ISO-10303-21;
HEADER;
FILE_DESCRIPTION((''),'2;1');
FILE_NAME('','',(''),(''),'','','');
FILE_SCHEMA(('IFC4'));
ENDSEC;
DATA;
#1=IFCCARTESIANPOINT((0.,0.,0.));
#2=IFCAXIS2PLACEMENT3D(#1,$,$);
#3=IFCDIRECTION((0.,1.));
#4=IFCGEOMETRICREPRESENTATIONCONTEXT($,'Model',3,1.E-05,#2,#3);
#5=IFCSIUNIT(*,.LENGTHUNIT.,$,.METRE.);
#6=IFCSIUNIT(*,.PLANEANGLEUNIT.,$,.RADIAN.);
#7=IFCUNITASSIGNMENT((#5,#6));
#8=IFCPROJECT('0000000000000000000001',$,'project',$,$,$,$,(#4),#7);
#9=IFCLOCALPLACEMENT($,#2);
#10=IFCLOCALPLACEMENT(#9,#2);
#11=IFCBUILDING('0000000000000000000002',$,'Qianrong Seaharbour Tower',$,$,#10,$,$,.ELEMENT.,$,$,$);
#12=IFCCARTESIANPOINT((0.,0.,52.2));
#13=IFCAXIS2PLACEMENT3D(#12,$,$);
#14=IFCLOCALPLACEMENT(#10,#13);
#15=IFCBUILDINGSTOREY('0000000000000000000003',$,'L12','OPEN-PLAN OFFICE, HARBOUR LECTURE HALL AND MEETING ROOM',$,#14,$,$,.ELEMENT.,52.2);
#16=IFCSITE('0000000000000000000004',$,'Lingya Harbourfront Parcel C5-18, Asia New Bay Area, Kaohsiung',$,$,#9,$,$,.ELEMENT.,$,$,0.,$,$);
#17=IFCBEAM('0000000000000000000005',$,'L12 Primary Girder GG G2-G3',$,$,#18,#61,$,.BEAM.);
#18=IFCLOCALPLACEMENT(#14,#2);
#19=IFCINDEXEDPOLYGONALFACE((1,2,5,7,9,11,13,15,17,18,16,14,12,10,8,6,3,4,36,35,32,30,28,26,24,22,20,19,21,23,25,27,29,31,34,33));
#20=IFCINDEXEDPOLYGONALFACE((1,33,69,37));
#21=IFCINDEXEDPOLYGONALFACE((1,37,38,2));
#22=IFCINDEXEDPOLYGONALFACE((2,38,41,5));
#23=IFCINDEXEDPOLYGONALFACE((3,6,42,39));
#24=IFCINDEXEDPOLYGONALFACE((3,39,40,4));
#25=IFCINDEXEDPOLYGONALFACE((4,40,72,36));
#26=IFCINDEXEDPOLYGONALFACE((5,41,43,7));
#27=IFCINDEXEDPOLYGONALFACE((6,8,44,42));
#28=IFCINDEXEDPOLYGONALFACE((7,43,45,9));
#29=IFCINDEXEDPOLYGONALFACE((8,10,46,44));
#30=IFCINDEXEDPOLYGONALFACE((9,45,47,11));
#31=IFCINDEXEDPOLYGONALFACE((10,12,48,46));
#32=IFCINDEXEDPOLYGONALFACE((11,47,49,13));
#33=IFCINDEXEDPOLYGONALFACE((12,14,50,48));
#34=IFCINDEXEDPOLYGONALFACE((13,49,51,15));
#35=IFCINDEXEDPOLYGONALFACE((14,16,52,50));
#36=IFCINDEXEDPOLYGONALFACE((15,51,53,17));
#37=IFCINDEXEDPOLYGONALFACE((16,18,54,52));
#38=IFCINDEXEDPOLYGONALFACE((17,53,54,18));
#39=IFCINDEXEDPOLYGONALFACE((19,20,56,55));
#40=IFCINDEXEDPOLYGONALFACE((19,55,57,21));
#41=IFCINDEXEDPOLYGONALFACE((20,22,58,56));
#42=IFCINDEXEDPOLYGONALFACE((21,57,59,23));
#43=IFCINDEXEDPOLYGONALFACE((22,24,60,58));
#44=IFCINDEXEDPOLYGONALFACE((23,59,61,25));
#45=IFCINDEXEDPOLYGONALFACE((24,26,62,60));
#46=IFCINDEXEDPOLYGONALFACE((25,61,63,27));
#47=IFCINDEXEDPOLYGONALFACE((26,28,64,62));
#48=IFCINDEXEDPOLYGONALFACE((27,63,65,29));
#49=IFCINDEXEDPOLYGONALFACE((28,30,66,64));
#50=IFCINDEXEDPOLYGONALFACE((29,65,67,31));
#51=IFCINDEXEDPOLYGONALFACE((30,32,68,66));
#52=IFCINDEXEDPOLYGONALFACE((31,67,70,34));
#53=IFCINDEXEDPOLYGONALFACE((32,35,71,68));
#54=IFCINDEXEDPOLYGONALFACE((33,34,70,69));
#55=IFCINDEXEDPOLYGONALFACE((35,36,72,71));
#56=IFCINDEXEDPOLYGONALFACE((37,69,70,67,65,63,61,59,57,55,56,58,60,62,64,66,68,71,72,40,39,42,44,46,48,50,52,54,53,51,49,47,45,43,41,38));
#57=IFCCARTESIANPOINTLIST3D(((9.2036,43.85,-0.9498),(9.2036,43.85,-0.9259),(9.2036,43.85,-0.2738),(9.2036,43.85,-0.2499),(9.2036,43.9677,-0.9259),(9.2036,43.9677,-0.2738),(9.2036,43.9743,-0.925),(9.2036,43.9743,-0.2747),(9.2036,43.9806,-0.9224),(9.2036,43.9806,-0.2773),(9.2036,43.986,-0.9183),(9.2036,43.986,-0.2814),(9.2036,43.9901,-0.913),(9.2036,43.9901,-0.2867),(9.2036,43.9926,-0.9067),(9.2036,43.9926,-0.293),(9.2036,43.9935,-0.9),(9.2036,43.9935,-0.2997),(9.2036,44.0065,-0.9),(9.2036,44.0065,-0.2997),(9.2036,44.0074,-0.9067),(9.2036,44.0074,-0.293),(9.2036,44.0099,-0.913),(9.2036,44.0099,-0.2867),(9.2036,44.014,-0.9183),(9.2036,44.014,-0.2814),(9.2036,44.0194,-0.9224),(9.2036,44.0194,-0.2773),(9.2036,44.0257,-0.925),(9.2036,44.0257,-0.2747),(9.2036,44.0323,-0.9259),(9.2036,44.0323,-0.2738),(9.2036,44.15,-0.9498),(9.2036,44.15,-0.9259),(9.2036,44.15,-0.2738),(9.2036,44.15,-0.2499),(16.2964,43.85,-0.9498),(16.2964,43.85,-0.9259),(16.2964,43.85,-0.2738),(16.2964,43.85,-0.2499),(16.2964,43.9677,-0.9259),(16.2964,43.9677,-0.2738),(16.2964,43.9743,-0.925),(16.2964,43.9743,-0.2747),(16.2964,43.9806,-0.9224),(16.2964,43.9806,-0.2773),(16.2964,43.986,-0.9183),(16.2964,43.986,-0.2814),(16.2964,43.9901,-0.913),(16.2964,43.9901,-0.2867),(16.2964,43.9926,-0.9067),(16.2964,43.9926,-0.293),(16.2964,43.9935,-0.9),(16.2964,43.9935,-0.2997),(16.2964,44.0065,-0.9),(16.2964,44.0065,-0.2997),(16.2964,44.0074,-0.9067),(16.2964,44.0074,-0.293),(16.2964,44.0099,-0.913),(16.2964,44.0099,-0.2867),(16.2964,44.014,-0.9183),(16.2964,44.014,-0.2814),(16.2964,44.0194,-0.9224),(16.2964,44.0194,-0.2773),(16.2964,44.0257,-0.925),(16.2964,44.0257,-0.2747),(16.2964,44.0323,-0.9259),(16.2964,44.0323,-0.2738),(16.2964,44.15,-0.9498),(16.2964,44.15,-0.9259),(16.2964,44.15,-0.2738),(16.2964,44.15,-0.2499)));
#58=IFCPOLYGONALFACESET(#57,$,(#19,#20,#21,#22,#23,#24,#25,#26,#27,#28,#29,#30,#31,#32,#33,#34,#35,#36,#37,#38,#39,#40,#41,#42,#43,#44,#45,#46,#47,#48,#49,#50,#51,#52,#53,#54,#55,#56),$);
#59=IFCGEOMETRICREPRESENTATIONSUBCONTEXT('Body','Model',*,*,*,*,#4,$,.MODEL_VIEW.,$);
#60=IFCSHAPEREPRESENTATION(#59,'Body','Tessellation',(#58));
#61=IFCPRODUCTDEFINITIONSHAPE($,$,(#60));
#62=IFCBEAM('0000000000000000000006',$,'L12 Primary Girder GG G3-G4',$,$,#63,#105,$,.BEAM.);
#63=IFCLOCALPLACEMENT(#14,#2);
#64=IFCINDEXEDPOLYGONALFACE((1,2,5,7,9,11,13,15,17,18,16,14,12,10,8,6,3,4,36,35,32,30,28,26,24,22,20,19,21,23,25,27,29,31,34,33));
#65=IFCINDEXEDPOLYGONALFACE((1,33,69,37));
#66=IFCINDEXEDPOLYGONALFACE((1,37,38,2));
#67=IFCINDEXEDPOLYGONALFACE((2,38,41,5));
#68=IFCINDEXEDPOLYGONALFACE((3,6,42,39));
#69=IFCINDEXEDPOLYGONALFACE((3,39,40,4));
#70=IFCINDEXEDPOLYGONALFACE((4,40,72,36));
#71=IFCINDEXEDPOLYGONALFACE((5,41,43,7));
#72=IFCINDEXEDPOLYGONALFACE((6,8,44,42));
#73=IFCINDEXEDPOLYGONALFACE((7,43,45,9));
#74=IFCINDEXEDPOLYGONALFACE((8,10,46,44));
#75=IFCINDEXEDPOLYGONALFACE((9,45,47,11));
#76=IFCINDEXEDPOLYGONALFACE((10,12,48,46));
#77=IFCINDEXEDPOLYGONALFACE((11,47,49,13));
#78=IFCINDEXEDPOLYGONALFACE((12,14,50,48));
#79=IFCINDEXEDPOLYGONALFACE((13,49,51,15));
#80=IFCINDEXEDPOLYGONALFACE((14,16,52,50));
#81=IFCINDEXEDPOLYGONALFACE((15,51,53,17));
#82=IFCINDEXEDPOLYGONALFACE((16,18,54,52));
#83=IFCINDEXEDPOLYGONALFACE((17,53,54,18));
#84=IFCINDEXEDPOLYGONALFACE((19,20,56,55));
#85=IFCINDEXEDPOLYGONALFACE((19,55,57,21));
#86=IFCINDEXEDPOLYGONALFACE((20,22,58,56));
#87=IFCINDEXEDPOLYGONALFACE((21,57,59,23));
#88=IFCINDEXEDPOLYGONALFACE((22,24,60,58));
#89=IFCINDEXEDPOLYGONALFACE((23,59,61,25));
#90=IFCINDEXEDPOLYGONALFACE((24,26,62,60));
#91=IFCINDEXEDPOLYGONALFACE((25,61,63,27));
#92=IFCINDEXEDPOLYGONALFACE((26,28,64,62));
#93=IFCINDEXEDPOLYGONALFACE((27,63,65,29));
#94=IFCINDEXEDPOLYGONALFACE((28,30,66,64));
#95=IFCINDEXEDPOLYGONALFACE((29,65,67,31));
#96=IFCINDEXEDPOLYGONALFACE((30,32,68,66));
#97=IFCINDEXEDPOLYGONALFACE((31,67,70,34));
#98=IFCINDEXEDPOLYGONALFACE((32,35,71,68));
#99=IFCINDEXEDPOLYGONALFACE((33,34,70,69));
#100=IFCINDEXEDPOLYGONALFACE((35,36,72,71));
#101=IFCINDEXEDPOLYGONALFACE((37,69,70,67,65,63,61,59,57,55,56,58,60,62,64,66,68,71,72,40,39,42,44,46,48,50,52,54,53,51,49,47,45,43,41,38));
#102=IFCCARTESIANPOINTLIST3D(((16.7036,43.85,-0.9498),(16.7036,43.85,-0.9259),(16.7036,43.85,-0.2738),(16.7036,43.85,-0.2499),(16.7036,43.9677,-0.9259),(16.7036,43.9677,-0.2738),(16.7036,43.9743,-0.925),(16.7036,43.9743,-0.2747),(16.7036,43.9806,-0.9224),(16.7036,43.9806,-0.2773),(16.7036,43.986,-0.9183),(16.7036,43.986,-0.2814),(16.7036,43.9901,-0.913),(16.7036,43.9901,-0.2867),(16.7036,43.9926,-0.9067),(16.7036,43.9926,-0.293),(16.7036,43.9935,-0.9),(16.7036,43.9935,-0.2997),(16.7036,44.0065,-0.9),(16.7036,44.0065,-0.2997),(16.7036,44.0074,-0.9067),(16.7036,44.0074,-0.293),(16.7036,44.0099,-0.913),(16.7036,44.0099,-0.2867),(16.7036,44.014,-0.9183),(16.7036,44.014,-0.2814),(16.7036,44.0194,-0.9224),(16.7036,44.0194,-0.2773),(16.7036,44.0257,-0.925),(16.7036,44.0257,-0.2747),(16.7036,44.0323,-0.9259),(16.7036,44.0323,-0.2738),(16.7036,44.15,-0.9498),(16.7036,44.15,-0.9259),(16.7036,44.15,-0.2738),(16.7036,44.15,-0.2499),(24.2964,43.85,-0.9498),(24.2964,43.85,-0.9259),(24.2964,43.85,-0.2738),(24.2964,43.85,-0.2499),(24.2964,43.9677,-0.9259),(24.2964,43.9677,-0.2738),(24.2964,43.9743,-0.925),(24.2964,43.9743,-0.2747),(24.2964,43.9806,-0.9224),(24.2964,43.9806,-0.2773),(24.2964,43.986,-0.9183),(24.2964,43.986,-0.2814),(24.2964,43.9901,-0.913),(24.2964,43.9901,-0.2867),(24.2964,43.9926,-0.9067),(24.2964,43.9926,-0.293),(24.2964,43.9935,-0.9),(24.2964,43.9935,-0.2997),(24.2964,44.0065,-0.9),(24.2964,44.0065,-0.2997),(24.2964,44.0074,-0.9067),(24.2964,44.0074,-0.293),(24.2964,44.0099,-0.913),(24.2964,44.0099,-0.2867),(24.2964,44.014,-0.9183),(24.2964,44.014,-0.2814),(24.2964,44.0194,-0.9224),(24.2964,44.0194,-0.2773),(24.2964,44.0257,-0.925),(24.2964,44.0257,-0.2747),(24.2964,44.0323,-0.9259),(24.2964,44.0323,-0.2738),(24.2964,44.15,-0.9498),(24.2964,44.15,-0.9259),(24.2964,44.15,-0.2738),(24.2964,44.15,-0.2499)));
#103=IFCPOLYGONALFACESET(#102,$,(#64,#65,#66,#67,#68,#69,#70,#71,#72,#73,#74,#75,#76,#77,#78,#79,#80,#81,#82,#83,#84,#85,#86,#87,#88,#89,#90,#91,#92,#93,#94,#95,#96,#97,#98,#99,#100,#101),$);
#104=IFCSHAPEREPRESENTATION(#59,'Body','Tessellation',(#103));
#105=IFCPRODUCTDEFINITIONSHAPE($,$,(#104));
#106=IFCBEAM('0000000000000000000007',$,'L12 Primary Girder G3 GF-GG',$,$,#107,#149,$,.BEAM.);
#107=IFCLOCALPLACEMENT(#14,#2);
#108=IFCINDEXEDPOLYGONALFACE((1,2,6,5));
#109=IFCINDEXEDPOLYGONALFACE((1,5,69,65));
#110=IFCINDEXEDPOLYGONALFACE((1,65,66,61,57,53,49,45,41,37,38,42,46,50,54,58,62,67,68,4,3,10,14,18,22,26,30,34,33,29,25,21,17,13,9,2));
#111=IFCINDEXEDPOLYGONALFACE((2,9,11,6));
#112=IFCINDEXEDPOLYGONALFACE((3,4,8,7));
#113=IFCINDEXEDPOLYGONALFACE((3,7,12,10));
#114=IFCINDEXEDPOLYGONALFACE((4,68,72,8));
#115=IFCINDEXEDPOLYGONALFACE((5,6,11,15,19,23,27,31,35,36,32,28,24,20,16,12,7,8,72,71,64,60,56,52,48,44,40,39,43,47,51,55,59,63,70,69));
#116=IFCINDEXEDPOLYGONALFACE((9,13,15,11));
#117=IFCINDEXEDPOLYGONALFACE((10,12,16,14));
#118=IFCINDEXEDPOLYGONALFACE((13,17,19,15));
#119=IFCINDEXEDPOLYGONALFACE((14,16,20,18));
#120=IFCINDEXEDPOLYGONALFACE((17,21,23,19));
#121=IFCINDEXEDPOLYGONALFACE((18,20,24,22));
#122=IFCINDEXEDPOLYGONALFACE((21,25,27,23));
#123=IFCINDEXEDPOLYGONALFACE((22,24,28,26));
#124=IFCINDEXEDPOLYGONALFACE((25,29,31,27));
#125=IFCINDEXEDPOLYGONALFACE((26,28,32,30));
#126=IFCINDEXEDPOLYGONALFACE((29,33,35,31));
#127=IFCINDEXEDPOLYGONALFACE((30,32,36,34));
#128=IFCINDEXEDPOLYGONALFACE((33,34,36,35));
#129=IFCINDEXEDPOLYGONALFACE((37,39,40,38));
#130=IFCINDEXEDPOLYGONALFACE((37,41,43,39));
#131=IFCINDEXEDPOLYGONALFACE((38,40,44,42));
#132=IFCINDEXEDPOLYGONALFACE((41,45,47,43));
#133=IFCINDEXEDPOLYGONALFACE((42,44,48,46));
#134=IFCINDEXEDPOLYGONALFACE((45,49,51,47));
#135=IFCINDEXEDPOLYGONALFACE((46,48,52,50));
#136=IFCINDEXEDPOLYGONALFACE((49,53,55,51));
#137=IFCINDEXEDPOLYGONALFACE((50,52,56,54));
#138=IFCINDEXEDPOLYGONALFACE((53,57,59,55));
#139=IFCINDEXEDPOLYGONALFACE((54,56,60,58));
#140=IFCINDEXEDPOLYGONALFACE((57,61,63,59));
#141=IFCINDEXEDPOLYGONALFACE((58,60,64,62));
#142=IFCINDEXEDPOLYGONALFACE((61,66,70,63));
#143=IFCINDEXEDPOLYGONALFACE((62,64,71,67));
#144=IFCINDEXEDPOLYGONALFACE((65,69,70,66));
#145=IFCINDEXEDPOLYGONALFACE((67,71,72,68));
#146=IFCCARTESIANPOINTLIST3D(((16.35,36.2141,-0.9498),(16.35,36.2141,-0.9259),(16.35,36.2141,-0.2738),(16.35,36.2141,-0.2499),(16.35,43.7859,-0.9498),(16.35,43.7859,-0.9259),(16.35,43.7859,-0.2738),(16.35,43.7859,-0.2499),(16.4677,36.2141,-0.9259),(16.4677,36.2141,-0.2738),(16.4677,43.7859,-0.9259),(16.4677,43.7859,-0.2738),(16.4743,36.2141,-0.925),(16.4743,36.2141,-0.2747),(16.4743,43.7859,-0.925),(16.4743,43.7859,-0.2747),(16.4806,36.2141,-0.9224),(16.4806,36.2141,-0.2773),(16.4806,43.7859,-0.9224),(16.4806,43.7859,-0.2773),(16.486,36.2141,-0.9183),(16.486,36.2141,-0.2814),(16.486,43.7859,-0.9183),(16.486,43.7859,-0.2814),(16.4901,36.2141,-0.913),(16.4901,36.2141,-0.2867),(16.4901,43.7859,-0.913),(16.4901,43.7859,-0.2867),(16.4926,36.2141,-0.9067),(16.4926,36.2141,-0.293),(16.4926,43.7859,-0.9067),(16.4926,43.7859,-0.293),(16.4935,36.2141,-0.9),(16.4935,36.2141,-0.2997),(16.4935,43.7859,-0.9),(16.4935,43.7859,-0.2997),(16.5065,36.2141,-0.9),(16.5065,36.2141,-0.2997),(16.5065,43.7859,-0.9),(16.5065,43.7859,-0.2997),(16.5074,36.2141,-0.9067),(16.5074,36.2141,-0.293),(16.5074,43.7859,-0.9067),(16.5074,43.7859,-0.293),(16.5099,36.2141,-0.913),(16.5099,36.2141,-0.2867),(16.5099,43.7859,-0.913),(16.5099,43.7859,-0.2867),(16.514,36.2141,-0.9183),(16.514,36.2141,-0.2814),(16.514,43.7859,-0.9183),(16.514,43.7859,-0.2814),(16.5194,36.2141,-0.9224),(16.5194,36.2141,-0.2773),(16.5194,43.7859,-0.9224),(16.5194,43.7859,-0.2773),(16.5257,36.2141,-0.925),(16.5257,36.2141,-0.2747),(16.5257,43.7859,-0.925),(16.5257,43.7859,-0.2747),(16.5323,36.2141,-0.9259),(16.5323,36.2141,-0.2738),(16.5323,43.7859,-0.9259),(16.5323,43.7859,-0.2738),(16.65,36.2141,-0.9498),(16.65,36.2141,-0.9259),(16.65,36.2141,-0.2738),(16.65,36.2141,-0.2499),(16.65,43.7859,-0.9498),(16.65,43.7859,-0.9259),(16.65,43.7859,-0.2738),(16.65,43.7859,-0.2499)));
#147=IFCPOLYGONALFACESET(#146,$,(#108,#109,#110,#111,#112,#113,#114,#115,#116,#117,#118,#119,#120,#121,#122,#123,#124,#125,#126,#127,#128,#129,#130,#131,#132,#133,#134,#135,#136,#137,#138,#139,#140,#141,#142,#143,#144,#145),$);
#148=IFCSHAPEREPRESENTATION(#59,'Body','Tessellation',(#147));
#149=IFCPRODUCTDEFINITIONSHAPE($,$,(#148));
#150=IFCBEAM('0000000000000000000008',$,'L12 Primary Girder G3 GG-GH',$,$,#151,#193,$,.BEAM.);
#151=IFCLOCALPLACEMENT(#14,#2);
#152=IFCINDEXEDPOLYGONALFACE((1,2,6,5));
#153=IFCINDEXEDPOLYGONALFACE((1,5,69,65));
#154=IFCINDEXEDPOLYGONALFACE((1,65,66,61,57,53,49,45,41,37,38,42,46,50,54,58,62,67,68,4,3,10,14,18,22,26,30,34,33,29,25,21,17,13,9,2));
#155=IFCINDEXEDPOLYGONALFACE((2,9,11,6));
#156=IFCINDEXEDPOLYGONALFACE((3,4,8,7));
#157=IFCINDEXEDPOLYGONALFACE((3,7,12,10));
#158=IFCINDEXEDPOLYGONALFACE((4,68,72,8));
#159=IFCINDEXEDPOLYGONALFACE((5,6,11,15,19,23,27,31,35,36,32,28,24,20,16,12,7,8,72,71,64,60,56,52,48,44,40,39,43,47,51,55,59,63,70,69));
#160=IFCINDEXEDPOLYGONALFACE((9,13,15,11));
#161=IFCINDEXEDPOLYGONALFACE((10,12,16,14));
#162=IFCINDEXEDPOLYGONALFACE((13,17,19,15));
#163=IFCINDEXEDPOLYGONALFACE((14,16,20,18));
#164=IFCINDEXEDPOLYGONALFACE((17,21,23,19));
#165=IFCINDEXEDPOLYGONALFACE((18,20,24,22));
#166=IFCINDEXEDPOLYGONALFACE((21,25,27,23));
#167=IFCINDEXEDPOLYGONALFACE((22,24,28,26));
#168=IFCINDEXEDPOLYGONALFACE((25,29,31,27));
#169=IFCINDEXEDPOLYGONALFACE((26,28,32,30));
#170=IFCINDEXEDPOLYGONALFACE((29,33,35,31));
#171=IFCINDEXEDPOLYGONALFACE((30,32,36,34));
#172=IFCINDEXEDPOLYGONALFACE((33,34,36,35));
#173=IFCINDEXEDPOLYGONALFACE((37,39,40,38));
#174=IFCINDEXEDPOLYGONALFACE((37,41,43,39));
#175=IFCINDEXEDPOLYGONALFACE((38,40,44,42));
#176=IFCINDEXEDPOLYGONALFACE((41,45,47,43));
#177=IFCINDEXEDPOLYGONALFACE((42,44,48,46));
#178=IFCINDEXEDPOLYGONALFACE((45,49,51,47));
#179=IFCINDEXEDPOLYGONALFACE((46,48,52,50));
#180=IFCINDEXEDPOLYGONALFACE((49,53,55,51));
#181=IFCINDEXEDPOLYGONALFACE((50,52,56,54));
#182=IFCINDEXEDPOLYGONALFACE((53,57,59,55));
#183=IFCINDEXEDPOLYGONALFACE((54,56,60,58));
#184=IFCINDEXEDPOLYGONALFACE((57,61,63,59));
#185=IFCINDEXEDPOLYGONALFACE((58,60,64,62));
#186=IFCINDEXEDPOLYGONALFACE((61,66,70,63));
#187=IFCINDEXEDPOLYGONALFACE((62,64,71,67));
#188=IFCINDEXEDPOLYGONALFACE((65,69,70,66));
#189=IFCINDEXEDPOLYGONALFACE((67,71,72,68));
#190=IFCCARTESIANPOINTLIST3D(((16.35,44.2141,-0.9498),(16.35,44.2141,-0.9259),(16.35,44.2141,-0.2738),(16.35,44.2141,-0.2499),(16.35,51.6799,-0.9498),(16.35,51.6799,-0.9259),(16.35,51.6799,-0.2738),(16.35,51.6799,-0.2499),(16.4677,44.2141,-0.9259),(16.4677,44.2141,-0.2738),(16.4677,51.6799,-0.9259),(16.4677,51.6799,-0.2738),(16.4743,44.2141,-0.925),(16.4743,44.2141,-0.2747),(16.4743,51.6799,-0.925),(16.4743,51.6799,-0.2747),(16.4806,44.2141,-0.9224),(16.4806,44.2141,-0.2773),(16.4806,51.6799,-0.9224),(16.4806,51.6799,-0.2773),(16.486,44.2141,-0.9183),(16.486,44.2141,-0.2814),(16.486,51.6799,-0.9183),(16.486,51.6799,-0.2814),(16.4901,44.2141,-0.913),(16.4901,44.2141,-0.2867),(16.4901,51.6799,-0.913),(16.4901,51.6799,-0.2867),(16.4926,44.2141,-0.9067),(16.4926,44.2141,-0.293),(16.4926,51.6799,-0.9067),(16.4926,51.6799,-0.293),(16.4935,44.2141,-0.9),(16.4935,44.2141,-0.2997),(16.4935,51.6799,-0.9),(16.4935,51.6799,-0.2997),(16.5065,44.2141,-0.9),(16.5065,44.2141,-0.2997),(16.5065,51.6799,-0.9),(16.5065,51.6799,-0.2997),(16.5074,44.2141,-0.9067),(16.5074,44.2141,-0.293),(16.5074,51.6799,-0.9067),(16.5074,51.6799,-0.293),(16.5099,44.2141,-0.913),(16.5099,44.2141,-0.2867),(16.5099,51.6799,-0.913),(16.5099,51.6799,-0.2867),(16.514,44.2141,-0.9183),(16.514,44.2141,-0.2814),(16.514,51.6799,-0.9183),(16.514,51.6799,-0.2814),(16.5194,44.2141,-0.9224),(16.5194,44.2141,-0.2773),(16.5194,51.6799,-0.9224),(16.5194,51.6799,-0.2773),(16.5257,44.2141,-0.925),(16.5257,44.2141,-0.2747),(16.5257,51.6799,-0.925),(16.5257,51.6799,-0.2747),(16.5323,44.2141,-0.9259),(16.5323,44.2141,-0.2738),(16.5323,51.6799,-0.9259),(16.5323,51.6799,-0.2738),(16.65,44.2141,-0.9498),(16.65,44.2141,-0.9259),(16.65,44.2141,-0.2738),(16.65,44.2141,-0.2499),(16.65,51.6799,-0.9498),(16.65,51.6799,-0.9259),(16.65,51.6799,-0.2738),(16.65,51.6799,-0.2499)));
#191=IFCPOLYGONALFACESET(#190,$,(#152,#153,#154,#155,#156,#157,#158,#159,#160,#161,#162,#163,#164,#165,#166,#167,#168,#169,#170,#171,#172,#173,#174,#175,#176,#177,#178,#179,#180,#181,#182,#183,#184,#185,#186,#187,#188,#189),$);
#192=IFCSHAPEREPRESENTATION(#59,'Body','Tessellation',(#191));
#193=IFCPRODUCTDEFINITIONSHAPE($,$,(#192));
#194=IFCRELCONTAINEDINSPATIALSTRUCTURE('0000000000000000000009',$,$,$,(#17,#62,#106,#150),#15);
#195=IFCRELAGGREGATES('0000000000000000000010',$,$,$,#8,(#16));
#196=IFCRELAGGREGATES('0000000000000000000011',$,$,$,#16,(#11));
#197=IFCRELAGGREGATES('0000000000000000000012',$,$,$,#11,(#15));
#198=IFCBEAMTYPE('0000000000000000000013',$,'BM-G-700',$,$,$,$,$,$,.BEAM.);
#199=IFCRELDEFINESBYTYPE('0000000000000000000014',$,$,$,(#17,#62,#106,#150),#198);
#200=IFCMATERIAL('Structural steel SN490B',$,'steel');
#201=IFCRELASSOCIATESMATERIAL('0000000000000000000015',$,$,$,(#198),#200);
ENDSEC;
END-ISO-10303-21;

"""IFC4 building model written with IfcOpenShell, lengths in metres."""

from ifc_helpers import new_model, si_unit, direction, frame, origin, origin_2d, place, context, subcontext, project, spatial, i_section, extrude, material, material_profile, profile_set, type_object, element, save


model = new_model("IFC4")

# Units and contexts
model_context = context("Model", 3, precision=1e-05, world=origin(), true_north=direction((0.0, 1.0)))
body_context = subcontext(model_context, "Body", "Model", "MODEL_VIEW")
ifc_project = project(units=[si_unit("LENGTHUNIT", "METRE"), si_unit("PLANEANGLEUNIT", "RADIAN")], contexts=[model_context])

# Site, building, storey
site_placement = place(None, origin())
site = spatial("IfcSite", under=ifc_project, at=site_placement, Name="Lingya Harbourfront Parcel C5-18, Asia New Bay Area, Kaohsiung", CompositionType="ELEMENT", RefElevation=0.0)
building_placement = place(site_placement, origin())
building = spatial("IfcBuilding", under=site, at=building_placement, Name="Qianrong Seaharbour Tower", CompositionType="ELEMENT")
storey_placement = place(building_placement, frame((0.0, 0.0, 52.2)))
storey = spatial("IfcBuildingStorey", under=building, at=storey_placement, Name="L12", Description="OPEN-PLAN OFFICE, HARBOUR LECTURE HALL AND MEETING ROOM", CompositionType="ELEMENT", Elevation=52.2)

# Shared definitions
ifc_material_1 = material(Name="Structural steel SN490B", Category="steel")

# Beams
ifc_material_profile_1 = material_profile(ifc_material_1, i_section(OverallWidth=0.3, OverallDepth=0.7, WebThickness=0.0129, FlangeThickness=0.0239, FilletRadius=0.0259, at=origin_2d()), Name="H700x300x13x24")
ifc_profile_set_1 = profile_set([ifc_material_profile_1], Name="Structural steel SN490B")
beam_type_1 = type_object("IfcBeamType", Name="BM-G-700", PredefinedType="BEAM", material=ifc_profile_set_1)
beam_1_placement = place(storey_placement, frame((9.2036, 44.0, -0.5999), z_axis=(1.0, 0.0, 0.0), x_axis=(0.0, 1.0, 0.0)))
element("IfcBeam", 1, at=beam_1_placement, inside=storey, type_object=beam_type_1, Name="L12 Primary Girder GG G2-G3", PredefinedType="BEAM", context=body_context, shape_type="SweptSolid", body=[
    extrude(i_section(OverallWidth=0.3, OverallDepth=0.7, WebThickness=0.0129, FlangeThickness=0.0239, FilletRadius=0.0259, at=origin_2d()), origin(), (0.0, 0.0, 1.0), 7.0928),
])
beam_2_placement = place(storey_placement, frame((16.7036, 44.0, -0.5999), z_axis=(1.0, 0.0, 0.0), x_axis=(0.0, 1.0, 0.0)))
element("IfcBeam", 2, at=beam_2_placement, inside=storey, type_object=beam_type_1, Name="L12 Primary Girder GG G3-G4", PredefinedType="BEAM", context=body_context, shape_type="SweptSolid", body=[
    extrude(i_section(OverallWidth=0.3, OverallDepth=0.7, WebThickness=0.0129, FlangeThickness=0.0239, FilletRadius=0.0259, at=origin_2d()), origin(), (0.0, 0.0, 1.0), 7.5928),
])
beam_3_placement = place(storey_placement, frame((16.5, 36.2141, -0.5999), z_axis=(0.0, 1.0, 0.0), x_axis=(-1.0, 0.0, 0.0)))
element("IfcBeam", 3, at=beam_3_placement, inside=storey, type_object=beam_type_1, Name="L12 Primary Girder G3 GF-GG", PredefinedType="BEAM", context=body_context, shape_type="SweptSolid", body=[
    extrude(i_section(OverallWidth=0.3, OverallDepth=0.7, WebThickness=0.0129, FlangeThickness=0.0239, FilletRadius=0.0259, at=origin_2d()), origin(), (0.0, 0.0, 1.0), 7.5718),
])
beam_4_placement = place(storey_placement, frame((16.5, 44.2141, -0.5999), z_axis=(0.0, 1.0, 0.0), x_axis=(-1.0, 0.0, 0.0)))
element("IfcBeam", 4, at=beam_4_placement, inside=storey, type_object=beam_type_1, Name="L12 Primary Girder G3 GG-GH", PredefinedType="BEAM", context=body_context, shape_type="SweptSolid", body=[
    extrude(i_section(OverallWidth=0.3, OverallDepth=0.7, WebThickness=0.0129, FlangeThickness=0.0239, FilletRadius=0.0259, at=origin_2d()), origin(), (0.0, 0.0, 1.0), 7.4658),
])

save(model, "model.ifc")
